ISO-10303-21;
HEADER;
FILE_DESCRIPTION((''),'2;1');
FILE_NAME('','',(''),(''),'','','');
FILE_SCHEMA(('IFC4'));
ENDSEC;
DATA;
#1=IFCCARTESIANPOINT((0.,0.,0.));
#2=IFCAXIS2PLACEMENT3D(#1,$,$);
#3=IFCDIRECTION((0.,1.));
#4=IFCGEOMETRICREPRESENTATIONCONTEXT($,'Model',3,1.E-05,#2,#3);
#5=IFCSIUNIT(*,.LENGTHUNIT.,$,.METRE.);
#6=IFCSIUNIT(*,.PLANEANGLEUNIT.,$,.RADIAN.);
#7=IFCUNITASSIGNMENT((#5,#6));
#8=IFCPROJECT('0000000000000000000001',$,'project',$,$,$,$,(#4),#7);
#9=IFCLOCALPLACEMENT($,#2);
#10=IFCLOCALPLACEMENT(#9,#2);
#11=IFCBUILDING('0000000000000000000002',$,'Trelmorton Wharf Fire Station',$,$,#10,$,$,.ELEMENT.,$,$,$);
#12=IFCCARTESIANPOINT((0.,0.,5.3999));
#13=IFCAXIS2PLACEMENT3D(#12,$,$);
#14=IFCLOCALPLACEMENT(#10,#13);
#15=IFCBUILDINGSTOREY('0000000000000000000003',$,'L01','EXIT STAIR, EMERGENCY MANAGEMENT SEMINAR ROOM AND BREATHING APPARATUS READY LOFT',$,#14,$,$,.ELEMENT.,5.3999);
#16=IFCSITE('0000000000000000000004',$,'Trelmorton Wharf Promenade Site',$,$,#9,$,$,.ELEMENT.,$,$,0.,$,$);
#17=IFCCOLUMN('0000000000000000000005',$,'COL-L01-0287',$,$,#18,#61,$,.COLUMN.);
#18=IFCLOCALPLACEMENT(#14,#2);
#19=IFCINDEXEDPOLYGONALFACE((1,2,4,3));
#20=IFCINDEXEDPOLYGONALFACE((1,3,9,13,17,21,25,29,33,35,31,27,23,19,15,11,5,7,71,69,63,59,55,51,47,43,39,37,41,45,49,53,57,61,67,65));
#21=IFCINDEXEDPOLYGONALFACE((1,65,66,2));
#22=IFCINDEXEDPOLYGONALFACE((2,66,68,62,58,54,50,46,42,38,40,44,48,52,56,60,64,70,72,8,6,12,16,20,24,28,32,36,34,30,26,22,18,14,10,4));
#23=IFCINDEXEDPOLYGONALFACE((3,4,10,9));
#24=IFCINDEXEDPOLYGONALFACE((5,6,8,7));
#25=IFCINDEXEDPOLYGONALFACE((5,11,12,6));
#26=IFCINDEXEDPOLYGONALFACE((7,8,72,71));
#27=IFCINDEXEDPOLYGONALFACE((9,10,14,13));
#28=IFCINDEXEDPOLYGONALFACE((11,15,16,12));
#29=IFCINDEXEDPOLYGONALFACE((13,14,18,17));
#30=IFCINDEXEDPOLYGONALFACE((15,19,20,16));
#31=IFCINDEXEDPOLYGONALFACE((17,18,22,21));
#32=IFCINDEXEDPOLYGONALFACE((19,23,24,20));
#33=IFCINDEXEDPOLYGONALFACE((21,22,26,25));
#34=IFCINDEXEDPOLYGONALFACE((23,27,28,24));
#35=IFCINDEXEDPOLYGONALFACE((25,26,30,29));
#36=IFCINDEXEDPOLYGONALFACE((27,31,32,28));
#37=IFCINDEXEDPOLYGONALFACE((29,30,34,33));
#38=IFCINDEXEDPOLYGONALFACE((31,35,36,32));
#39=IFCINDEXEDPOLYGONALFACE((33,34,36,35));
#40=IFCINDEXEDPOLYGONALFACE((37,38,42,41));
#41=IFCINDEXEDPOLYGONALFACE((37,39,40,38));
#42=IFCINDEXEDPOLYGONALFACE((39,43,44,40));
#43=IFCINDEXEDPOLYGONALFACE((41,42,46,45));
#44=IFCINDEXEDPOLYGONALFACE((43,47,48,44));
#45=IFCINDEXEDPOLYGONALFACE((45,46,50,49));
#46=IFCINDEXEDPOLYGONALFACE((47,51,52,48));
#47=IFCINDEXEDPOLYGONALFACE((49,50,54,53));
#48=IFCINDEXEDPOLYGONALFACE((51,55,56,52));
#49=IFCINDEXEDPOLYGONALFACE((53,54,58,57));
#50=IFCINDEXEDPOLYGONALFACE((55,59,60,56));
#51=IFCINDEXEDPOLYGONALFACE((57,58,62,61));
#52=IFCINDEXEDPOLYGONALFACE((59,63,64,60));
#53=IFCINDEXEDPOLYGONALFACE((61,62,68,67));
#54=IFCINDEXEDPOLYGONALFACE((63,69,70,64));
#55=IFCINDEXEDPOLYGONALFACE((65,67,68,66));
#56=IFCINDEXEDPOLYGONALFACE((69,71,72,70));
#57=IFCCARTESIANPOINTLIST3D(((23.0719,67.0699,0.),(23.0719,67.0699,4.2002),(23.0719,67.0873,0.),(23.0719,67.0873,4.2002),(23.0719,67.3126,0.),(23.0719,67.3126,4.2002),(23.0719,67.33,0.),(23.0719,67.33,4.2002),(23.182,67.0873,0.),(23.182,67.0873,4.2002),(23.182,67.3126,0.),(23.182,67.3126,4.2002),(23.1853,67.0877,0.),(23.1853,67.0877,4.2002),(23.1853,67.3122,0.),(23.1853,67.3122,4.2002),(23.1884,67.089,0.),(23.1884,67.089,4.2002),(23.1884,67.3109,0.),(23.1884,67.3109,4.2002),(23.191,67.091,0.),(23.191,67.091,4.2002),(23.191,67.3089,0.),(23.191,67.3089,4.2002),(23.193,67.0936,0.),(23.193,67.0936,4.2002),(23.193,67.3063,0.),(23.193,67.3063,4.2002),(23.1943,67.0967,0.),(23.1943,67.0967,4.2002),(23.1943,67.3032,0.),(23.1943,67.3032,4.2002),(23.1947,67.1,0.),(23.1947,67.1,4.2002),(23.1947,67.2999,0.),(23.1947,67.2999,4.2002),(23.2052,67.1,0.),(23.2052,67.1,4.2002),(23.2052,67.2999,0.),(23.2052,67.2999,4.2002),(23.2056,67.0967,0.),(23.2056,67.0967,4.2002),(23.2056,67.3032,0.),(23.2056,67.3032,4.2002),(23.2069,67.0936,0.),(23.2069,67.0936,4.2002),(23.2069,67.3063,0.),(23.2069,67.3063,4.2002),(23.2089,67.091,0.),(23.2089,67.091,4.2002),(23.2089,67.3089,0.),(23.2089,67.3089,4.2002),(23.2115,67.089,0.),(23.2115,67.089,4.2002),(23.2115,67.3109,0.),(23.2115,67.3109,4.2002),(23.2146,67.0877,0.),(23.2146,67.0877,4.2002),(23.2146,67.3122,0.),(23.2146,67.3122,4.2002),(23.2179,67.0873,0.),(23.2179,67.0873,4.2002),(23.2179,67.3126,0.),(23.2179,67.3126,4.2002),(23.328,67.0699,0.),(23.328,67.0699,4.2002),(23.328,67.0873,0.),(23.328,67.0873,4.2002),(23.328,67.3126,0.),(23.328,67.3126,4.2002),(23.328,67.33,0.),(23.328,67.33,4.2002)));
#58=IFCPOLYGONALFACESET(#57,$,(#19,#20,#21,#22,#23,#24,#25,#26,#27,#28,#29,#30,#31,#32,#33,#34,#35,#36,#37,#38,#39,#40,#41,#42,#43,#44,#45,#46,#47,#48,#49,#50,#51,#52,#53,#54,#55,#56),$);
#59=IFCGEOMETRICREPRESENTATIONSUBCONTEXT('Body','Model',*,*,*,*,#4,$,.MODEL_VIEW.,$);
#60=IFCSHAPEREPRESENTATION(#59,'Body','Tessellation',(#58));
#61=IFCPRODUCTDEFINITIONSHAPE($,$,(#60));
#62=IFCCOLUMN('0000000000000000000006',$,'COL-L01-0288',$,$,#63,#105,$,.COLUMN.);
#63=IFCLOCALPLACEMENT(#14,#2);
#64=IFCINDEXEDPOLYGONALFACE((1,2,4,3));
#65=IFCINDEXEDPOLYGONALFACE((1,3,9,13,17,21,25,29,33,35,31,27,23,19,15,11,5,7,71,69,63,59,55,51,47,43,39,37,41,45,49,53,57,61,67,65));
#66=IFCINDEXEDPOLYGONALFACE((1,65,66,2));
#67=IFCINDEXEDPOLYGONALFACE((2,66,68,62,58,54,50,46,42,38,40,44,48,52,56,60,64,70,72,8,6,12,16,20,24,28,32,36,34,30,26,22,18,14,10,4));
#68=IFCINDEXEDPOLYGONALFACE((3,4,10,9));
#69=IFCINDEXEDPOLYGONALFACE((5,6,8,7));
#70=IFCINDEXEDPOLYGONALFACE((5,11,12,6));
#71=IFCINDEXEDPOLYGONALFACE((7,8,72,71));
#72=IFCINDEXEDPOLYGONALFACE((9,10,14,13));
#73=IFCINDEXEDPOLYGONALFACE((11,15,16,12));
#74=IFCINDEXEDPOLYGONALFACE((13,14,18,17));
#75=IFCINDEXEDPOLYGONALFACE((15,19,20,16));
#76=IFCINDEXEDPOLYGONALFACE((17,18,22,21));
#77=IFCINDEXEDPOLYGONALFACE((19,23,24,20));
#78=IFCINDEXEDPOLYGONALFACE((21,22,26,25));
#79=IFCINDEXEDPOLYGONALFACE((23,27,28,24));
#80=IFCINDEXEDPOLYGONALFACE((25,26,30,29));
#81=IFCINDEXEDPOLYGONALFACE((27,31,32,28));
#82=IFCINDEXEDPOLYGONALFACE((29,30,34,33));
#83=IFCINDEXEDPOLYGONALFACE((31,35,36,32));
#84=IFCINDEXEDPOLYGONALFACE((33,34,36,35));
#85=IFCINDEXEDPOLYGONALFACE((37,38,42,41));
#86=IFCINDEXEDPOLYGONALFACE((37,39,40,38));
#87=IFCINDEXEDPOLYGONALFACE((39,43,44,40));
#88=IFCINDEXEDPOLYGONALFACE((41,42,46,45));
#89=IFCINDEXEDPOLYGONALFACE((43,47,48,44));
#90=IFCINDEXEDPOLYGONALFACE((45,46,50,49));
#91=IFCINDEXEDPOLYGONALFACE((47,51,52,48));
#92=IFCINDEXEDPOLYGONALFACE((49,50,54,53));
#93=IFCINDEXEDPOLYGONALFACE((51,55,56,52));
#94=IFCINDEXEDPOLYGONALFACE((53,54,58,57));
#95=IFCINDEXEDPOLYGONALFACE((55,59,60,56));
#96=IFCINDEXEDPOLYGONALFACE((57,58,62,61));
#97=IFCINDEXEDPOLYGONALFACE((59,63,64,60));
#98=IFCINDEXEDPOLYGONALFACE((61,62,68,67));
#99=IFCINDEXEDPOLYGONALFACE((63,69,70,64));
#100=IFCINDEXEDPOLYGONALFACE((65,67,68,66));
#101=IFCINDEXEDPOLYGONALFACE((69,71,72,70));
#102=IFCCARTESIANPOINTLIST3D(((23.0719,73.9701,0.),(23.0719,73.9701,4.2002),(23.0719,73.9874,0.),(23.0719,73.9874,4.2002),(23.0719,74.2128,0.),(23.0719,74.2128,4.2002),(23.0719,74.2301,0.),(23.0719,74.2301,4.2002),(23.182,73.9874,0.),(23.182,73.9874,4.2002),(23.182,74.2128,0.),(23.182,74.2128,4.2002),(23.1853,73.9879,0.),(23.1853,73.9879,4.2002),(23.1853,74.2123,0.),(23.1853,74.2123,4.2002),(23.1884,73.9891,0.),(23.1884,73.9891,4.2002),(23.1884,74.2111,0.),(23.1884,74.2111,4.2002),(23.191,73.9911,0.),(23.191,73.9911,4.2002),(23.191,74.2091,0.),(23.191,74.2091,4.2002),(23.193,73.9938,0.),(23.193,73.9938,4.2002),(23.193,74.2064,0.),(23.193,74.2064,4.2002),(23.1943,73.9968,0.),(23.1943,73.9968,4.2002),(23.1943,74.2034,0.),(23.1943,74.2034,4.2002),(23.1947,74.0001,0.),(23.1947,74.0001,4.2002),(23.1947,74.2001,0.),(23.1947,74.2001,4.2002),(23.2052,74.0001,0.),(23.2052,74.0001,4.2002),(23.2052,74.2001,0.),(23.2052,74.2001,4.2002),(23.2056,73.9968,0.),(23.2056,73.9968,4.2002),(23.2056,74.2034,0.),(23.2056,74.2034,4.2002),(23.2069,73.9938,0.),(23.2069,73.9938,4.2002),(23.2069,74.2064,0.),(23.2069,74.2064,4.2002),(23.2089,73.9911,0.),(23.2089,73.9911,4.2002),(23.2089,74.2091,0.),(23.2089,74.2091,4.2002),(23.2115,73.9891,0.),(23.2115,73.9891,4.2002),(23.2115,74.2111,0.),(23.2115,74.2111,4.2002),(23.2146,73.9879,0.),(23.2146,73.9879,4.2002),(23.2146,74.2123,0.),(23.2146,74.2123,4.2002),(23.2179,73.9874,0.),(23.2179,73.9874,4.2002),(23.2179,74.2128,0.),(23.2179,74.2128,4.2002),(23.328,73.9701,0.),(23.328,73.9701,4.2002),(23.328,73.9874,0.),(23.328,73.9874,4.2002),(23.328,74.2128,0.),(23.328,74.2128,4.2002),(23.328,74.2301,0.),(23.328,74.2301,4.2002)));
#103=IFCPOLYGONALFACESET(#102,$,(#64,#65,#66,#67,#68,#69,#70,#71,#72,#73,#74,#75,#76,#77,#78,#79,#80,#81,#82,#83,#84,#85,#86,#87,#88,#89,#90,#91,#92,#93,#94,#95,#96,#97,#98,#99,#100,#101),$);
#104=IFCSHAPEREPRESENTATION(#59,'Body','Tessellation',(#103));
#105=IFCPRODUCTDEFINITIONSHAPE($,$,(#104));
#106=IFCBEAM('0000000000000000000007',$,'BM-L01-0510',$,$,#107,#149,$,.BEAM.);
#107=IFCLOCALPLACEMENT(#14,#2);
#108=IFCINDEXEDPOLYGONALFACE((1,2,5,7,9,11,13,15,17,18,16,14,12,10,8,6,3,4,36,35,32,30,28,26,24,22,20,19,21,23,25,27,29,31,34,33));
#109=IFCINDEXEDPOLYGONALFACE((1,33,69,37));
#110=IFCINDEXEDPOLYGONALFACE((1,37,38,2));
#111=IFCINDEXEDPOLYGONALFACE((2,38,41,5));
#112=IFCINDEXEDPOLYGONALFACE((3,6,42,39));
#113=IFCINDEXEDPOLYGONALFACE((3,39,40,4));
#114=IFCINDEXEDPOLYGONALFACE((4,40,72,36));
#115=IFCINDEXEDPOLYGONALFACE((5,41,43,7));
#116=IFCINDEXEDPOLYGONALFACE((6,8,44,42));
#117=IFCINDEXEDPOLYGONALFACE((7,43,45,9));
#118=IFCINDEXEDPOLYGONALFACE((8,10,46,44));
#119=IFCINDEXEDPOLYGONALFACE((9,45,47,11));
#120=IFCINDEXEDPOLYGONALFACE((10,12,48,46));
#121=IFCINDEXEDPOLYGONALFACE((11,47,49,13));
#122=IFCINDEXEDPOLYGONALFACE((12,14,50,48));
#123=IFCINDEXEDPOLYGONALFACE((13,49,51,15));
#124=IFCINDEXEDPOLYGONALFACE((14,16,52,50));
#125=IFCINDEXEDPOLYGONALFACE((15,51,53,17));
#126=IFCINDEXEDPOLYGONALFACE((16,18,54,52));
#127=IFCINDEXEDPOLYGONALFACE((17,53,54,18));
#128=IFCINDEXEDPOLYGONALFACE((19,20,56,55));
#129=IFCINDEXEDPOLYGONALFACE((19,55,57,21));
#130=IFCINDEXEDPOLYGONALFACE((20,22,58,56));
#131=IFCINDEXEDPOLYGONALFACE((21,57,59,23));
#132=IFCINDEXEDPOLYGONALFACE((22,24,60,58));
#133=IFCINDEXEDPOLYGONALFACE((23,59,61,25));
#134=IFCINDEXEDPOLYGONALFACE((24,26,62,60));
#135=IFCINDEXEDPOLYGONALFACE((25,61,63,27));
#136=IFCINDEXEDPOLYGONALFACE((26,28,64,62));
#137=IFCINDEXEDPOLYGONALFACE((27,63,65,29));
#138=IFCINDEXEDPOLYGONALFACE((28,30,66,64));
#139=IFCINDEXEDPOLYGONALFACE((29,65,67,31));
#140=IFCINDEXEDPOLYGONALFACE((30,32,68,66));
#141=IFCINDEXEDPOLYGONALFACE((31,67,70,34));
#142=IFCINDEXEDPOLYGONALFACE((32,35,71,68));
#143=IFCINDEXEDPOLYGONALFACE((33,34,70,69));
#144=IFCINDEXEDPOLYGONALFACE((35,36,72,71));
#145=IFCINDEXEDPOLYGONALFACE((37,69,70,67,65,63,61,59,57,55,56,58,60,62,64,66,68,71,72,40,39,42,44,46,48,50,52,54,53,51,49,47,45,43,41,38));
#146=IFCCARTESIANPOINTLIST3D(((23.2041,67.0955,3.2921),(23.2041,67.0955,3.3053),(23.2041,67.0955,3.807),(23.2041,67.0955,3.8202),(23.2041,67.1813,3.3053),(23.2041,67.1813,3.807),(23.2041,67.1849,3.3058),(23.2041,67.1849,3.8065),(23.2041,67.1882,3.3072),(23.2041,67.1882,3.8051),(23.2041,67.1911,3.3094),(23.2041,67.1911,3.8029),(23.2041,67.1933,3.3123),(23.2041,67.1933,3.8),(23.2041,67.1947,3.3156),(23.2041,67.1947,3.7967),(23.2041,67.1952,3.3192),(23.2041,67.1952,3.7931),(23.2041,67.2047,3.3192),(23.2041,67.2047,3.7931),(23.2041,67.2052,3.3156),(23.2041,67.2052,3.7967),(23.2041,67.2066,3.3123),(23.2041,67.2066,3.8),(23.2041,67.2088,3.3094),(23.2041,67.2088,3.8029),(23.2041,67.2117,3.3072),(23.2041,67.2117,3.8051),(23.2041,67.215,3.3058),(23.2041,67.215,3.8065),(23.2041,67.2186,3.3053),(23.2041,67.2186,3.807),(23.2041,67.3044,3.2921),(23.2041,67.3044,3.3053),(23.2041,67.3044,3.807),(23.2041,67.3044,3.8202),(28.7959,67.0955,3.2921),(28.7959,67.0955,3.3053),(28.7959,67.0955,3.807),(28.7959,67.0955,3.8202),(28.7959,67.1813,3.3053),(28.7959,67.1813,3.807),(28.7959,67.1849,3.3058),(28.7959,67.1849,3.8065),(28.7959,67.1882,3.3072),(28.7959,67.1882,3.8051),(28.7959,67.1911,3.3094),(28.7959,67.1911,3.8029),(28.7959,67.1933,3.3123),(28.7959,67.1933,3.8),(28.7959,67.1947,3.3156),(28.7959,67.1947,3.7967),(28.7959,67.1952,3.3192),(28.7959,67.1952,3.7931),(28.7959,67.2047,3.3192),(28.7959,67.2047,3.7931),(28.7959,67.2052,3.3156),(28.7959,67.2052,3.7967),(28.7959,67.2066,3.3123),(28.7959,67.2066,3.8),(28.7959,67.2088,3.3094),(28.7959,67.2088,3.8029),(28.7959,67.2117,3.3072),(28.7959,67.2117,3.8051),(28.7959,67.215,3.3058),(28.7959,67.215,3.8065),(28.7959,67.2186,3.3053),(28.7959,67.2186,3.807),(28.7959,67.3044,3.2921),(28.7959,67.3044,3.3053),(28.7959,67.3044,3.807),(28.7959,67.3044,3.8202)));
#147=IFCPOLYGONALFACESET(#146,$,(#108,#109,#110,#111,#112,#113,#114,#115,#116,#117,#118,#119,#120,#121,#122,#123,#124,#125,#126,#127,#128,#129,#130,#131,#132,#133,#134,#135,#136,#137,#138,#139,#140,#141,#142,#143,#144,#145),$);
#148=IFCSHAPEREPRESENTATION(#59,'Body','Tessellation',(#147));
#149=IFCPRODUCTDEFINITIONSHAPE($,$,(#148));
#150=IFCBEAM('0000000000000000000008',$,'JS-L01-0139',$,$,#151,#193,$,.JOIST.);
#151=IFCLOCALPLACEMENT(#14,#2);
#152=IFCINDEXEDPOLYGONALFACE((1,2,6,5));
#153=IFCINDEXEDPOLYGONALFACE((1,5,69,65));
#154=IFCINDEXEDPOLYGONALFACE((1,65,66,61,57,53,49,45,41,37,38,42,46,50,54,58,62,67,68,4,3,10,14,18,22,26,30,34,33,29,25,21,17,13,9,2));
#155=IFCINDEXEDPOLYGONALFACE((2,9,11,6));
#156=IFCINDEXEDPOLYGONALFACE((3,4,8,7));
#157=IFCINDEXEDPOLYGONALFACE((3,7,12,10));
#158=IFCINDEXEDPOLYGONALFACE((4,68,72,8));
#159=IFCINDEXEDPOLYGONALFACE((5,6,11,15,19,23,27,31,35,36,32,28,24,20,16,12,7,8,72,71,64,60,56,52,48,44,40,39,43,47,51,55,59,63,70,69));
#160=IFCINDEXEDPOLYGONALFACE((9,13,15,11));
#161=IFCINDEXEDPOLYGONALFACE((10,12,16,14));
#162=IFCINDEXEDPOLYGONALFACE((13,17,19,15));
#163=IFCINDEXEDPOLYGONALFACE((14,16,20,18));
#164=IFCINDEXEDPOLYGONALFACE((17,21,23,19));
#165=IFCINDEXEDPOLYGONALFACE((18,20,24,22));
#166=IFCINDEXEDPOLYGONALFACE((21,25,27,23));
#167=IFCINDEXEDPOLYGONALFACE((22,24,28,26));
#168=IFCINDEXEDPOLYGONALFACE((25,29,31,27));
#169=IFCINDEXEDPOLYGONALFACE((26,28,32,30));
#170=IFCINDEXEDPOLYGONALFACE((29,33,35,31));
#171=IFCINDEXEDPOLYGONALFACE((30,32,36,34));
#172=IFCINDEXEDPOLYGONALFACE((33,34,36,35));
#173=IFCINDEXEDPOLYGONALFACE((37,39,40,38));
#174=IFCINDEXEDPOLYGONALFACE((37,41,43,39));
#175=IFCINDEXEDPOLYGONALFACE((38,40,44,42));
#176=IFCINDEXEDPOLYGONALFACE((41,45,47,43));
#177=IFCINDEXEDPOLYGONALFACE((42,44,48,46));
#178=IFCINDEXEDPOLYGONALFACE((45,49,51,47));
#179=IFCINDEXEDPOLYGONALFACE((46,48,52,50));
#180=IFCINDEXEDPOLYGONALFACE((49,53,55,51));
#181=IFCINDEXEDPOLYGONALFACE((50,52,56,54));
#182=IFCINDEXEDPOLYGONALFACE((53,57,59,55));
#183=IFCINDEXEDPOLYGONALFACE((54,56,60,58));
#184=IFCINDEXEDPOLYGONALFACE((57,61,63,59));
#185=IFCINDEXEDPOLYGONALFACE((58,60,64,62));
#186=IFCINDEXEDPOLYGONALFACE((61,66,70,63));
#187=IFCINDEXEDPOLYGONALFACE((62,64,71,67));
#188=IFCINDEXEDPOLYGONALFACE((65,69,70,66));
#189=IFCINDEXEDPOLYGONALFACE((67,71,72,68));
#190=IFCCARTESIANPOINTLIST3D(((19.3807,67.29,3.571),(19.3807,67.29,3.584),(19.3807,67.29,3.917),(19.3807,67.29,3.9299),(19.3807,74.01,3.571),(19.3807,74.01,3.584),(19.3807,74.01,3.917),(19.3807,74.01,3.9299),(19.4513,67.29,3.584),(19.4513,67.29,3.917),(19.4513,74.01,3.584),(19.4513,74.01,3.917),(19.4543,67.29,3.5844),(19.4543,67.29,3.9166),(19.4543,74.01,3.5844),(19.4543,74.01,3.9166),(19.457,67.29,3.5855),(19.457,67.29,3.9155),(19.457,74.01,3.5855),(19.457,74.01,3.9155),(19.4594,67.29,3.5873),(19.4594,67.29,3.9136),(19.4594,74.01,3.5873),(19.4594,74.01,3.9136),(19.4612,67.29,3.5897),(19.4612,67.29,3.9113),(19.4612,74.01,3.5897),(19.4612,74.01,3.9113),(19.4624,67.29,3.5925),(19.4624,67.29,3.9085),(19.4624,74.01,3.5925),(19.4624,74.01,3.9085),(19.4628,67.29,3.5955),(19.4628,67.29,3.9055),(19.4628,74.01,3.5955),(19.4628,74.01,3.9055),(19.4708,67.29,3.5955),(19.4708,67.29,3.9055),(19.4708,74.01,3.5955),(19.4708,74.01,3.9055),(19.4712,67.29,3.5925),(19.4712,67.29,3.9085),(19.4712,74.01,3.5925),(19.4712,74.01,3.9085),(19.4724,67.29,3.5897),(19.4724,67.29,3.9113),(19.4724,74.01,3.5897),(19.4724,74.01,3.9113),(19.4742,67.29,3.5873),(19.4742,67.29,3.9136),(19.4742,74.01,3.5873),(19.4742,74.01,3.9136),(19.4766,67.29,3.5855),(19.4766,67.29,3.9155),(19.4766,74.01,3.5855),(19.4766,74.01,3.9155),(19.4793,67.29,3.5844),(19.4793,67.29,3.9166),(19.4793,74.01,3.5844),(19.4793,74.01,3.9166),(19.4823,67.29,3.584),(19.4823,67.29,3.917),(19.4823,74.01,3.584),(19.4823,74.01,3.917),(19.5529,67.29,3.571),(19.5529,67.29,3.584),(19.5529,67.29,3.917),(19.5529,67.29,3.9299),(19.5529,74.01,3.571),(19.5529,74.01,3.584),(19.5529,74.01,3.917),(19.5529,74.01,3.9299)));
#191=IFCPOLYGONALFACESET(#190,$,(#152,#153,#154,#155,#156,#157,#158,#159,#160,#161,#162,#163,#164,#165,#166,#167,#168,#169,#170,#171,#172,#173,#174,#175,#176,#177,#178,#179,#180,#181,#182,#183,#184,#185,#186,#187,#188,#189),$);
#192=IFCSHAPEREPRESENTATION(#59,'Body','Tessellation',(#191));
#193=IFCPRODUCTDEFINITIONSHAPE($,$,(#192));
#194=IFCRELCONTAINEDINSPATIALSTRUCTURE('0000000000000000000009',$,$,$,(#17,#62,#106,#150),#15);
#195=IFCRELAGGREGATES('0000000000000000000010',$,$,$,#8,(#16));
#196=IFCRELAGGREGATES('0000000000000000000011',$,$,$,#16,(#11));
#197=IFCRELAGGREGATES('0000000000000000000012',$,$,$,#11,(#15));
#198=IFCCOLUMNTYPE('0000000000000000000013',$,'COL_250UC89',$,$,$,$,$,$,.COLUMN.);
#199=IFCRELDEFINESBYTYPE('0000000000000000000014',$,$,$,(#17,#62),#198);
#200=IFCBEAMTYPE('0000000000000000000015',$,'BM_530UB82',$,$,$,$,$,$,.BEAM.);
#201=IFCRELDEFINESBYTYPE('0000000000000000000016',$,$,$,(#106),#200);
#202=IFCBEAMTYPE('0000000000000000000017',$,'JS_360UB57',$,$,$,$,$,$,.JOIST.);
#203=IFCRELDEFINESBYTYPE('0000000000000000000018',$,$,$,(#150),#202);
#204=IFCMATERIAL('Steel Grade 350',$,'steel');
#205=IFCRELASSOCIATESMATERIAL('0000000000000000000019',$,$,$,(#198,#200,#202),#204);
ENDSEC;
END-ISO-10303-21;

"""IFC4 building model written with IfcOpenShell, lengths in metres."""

from ifc_helpers import new_model, si_unit, direction, frame, origin, origin_2d, place, context, subcontext, project, spatial, i_section, extrude, material, material_profile, profile_set, type_object, element, save


model = new_model("IFC4")

# Units and contexts
model_context = context("Model", 3, precision=1e-05, world=origin(), true_north=direction((0.0, 1.0)))
body_context = subcontext(model_context, "Body", "Model", "MODEL_VIEW")
ifc_project = project(units=[si_unit("LENGTHUNIT", "METRE"), si_unit("PLANEANGLEUNIT", "RADIAN")], contexts=[model_context])

# Site, building, storey
site_placement = place(None, origin())
site = spatial("IfcSite", under=ifc_project, at=site_placement, Name="Trelmorton Wharf Promenade Site", CompositionType="ELEMENT", RefElevation=0.0)
building_placement = place(site_placement, origin())
building = spatial("IfcBuilding", under=site, at=building_placement, Name="Trelmorton Wharf Fire Station", CompositionType="ELEMENT")
storey_placement = place(building_placement, frame((0.0, 0.0, 5.3999)))
storey = spatial("IfcBuildingStorey", under=building, at=storey_placement, Name="L01", Description="EXIT STAIR, EMERGENCY MANAGEMENT SEMINAR ROOM AND BREATHING APPARATUS READY LOFT", CompositionType="ELEMENT", Elevation=5.3999)

# Columns
ifc_material_1 = material(Name="Steel Grade 350", Category="steel")
ifc_material_profile_1 = material_profile(ifc_material_1, i_section(OverallWidth=0.2561, OverallDepth=0.26, WebThickness=0.0105, FlangeThickness=0.0173, FilletRadius=0.0127, at=origin_2d()), Name="250UC89.5")
ifc_profile_set_1 = profile_set([ifc_material_profile_1], Name="Steel Grade 350")
column_type = type_object("IfcColumnType", Name="COL_250UC89", PredefinedType="COLUMN", material=ifc_profile_set_1)
for number, where, z_axis, x_axis, name in (
    (1, (23.2, 67.2, 0.0), (0.0, 0.0, 1.0), (1.0, 0.0, 0.0), "COL-L01-0287"),
    (2, (23.2, 74.1001, 0.0), (0.0, 0.0, 1.0), (1.0, 0.0, 0.0), "COL-L01-0288"),
):
    element("IfcColumn", number, at=place(storey_placement, frame(where, z_axis=z_axis, x_axis=x_axis)), inside=storey, type_object=column_type, Name=name, PredefinedType="COLUMN", context=body_context, shape_type="SweptSolid", body=[
        extrude(i_section(OverallWidth=0.2561, OverallDepth=0.26, WebThickness=0.0105, FlangeThickness=0.0173, FilletRadius=0.0127, at=origin_2d()), origin(), (0.0, 0.0, 1.0), 4.2002),
    ])

# Beams
ifc_material_profile_2 = material_profile(ifc_material_1, i_section(OverallWidth=0.209, OverallDepth=0.5281, WebThickness=0.0095, FlangeThickness=0.0132, FilletRadius=0.0139, at=origin_2d()), Name="530UB82.0")
ifc_profile_set_2 = profile_set([ifc_material_profile_2], Name="Steel Grade 350")
beam_type_1 = type_object("IfcBeamType", Name="BM_530UB82", PredefinedType="BEAM", material=ifc_profile_set_2)
beam_placement = place(storey_placement, frame((23.2041, 67.2, 3.5562), z_axis=(1.0, 0.0, 0.0), x_axis=(0.0, 1.0, 0.0)))
element("IfcBeam", 3, at=beam_placement, inside=storey, type_object=beam_type_1, Name="BM-L01-0510", PredefinedType="BEAM", context=body_context, shape_type="SweptSolid", body=[
    extrude(i_section(OverallWidth=0.209, OverallDepth=0.5281, WebThickness=0.0095, FlangeThickness=0.0132, FilletRadius=0.0139, at=origin_2d()), origin(), (0.0, 0.0, 1.0), 5.5918),
])
ifc_material_profile_3 = material_profile(ifc_material_1, i_section(OverallWidth=0.1721, OverallDepth=0.3589, WebThickness=0.0081, FlangeThickness=0.0129, FilletRadius=0.0115, at=origin_2d()), Name="360UB56.7")
ifc_profile_set_3 = profile_set([ifc_material_profile_3], Name="Steel Grade 350")
beam_type_2 = type_object("IfcBeamType", Name="JS_360UB57", PredefinedType="JOIST", material=ifc_profile_set_3)
for number, where, z_axis, x_axis, name in (
    (4, (19.4668, 67.29, 3.7505), (0.0, 1.0, 0.0), (-1.0, 0.0, 0.0), "JS-L01-0139"),
):
    element("IfcBeam", number, at=place(storey_placement, frame(where, z_axis=z_axis, x_axis=x_axis)), inside=storey, type_object=beam_type_2, Name=name, PredefinedType="JOIST", context=body_context, shape_type="SweptSolid", body=[
        extrude(i_section(OverallWidth=0.1721, OverallDepth=0.3589, WebThickness=0.0081, FlangeThickness=0.0129, FilletRadius=0.0115, at=origin_2d()), origin(), (0.0, 0.0, 1.0), 6.72),
    ])

save(model, "model.ifc")
